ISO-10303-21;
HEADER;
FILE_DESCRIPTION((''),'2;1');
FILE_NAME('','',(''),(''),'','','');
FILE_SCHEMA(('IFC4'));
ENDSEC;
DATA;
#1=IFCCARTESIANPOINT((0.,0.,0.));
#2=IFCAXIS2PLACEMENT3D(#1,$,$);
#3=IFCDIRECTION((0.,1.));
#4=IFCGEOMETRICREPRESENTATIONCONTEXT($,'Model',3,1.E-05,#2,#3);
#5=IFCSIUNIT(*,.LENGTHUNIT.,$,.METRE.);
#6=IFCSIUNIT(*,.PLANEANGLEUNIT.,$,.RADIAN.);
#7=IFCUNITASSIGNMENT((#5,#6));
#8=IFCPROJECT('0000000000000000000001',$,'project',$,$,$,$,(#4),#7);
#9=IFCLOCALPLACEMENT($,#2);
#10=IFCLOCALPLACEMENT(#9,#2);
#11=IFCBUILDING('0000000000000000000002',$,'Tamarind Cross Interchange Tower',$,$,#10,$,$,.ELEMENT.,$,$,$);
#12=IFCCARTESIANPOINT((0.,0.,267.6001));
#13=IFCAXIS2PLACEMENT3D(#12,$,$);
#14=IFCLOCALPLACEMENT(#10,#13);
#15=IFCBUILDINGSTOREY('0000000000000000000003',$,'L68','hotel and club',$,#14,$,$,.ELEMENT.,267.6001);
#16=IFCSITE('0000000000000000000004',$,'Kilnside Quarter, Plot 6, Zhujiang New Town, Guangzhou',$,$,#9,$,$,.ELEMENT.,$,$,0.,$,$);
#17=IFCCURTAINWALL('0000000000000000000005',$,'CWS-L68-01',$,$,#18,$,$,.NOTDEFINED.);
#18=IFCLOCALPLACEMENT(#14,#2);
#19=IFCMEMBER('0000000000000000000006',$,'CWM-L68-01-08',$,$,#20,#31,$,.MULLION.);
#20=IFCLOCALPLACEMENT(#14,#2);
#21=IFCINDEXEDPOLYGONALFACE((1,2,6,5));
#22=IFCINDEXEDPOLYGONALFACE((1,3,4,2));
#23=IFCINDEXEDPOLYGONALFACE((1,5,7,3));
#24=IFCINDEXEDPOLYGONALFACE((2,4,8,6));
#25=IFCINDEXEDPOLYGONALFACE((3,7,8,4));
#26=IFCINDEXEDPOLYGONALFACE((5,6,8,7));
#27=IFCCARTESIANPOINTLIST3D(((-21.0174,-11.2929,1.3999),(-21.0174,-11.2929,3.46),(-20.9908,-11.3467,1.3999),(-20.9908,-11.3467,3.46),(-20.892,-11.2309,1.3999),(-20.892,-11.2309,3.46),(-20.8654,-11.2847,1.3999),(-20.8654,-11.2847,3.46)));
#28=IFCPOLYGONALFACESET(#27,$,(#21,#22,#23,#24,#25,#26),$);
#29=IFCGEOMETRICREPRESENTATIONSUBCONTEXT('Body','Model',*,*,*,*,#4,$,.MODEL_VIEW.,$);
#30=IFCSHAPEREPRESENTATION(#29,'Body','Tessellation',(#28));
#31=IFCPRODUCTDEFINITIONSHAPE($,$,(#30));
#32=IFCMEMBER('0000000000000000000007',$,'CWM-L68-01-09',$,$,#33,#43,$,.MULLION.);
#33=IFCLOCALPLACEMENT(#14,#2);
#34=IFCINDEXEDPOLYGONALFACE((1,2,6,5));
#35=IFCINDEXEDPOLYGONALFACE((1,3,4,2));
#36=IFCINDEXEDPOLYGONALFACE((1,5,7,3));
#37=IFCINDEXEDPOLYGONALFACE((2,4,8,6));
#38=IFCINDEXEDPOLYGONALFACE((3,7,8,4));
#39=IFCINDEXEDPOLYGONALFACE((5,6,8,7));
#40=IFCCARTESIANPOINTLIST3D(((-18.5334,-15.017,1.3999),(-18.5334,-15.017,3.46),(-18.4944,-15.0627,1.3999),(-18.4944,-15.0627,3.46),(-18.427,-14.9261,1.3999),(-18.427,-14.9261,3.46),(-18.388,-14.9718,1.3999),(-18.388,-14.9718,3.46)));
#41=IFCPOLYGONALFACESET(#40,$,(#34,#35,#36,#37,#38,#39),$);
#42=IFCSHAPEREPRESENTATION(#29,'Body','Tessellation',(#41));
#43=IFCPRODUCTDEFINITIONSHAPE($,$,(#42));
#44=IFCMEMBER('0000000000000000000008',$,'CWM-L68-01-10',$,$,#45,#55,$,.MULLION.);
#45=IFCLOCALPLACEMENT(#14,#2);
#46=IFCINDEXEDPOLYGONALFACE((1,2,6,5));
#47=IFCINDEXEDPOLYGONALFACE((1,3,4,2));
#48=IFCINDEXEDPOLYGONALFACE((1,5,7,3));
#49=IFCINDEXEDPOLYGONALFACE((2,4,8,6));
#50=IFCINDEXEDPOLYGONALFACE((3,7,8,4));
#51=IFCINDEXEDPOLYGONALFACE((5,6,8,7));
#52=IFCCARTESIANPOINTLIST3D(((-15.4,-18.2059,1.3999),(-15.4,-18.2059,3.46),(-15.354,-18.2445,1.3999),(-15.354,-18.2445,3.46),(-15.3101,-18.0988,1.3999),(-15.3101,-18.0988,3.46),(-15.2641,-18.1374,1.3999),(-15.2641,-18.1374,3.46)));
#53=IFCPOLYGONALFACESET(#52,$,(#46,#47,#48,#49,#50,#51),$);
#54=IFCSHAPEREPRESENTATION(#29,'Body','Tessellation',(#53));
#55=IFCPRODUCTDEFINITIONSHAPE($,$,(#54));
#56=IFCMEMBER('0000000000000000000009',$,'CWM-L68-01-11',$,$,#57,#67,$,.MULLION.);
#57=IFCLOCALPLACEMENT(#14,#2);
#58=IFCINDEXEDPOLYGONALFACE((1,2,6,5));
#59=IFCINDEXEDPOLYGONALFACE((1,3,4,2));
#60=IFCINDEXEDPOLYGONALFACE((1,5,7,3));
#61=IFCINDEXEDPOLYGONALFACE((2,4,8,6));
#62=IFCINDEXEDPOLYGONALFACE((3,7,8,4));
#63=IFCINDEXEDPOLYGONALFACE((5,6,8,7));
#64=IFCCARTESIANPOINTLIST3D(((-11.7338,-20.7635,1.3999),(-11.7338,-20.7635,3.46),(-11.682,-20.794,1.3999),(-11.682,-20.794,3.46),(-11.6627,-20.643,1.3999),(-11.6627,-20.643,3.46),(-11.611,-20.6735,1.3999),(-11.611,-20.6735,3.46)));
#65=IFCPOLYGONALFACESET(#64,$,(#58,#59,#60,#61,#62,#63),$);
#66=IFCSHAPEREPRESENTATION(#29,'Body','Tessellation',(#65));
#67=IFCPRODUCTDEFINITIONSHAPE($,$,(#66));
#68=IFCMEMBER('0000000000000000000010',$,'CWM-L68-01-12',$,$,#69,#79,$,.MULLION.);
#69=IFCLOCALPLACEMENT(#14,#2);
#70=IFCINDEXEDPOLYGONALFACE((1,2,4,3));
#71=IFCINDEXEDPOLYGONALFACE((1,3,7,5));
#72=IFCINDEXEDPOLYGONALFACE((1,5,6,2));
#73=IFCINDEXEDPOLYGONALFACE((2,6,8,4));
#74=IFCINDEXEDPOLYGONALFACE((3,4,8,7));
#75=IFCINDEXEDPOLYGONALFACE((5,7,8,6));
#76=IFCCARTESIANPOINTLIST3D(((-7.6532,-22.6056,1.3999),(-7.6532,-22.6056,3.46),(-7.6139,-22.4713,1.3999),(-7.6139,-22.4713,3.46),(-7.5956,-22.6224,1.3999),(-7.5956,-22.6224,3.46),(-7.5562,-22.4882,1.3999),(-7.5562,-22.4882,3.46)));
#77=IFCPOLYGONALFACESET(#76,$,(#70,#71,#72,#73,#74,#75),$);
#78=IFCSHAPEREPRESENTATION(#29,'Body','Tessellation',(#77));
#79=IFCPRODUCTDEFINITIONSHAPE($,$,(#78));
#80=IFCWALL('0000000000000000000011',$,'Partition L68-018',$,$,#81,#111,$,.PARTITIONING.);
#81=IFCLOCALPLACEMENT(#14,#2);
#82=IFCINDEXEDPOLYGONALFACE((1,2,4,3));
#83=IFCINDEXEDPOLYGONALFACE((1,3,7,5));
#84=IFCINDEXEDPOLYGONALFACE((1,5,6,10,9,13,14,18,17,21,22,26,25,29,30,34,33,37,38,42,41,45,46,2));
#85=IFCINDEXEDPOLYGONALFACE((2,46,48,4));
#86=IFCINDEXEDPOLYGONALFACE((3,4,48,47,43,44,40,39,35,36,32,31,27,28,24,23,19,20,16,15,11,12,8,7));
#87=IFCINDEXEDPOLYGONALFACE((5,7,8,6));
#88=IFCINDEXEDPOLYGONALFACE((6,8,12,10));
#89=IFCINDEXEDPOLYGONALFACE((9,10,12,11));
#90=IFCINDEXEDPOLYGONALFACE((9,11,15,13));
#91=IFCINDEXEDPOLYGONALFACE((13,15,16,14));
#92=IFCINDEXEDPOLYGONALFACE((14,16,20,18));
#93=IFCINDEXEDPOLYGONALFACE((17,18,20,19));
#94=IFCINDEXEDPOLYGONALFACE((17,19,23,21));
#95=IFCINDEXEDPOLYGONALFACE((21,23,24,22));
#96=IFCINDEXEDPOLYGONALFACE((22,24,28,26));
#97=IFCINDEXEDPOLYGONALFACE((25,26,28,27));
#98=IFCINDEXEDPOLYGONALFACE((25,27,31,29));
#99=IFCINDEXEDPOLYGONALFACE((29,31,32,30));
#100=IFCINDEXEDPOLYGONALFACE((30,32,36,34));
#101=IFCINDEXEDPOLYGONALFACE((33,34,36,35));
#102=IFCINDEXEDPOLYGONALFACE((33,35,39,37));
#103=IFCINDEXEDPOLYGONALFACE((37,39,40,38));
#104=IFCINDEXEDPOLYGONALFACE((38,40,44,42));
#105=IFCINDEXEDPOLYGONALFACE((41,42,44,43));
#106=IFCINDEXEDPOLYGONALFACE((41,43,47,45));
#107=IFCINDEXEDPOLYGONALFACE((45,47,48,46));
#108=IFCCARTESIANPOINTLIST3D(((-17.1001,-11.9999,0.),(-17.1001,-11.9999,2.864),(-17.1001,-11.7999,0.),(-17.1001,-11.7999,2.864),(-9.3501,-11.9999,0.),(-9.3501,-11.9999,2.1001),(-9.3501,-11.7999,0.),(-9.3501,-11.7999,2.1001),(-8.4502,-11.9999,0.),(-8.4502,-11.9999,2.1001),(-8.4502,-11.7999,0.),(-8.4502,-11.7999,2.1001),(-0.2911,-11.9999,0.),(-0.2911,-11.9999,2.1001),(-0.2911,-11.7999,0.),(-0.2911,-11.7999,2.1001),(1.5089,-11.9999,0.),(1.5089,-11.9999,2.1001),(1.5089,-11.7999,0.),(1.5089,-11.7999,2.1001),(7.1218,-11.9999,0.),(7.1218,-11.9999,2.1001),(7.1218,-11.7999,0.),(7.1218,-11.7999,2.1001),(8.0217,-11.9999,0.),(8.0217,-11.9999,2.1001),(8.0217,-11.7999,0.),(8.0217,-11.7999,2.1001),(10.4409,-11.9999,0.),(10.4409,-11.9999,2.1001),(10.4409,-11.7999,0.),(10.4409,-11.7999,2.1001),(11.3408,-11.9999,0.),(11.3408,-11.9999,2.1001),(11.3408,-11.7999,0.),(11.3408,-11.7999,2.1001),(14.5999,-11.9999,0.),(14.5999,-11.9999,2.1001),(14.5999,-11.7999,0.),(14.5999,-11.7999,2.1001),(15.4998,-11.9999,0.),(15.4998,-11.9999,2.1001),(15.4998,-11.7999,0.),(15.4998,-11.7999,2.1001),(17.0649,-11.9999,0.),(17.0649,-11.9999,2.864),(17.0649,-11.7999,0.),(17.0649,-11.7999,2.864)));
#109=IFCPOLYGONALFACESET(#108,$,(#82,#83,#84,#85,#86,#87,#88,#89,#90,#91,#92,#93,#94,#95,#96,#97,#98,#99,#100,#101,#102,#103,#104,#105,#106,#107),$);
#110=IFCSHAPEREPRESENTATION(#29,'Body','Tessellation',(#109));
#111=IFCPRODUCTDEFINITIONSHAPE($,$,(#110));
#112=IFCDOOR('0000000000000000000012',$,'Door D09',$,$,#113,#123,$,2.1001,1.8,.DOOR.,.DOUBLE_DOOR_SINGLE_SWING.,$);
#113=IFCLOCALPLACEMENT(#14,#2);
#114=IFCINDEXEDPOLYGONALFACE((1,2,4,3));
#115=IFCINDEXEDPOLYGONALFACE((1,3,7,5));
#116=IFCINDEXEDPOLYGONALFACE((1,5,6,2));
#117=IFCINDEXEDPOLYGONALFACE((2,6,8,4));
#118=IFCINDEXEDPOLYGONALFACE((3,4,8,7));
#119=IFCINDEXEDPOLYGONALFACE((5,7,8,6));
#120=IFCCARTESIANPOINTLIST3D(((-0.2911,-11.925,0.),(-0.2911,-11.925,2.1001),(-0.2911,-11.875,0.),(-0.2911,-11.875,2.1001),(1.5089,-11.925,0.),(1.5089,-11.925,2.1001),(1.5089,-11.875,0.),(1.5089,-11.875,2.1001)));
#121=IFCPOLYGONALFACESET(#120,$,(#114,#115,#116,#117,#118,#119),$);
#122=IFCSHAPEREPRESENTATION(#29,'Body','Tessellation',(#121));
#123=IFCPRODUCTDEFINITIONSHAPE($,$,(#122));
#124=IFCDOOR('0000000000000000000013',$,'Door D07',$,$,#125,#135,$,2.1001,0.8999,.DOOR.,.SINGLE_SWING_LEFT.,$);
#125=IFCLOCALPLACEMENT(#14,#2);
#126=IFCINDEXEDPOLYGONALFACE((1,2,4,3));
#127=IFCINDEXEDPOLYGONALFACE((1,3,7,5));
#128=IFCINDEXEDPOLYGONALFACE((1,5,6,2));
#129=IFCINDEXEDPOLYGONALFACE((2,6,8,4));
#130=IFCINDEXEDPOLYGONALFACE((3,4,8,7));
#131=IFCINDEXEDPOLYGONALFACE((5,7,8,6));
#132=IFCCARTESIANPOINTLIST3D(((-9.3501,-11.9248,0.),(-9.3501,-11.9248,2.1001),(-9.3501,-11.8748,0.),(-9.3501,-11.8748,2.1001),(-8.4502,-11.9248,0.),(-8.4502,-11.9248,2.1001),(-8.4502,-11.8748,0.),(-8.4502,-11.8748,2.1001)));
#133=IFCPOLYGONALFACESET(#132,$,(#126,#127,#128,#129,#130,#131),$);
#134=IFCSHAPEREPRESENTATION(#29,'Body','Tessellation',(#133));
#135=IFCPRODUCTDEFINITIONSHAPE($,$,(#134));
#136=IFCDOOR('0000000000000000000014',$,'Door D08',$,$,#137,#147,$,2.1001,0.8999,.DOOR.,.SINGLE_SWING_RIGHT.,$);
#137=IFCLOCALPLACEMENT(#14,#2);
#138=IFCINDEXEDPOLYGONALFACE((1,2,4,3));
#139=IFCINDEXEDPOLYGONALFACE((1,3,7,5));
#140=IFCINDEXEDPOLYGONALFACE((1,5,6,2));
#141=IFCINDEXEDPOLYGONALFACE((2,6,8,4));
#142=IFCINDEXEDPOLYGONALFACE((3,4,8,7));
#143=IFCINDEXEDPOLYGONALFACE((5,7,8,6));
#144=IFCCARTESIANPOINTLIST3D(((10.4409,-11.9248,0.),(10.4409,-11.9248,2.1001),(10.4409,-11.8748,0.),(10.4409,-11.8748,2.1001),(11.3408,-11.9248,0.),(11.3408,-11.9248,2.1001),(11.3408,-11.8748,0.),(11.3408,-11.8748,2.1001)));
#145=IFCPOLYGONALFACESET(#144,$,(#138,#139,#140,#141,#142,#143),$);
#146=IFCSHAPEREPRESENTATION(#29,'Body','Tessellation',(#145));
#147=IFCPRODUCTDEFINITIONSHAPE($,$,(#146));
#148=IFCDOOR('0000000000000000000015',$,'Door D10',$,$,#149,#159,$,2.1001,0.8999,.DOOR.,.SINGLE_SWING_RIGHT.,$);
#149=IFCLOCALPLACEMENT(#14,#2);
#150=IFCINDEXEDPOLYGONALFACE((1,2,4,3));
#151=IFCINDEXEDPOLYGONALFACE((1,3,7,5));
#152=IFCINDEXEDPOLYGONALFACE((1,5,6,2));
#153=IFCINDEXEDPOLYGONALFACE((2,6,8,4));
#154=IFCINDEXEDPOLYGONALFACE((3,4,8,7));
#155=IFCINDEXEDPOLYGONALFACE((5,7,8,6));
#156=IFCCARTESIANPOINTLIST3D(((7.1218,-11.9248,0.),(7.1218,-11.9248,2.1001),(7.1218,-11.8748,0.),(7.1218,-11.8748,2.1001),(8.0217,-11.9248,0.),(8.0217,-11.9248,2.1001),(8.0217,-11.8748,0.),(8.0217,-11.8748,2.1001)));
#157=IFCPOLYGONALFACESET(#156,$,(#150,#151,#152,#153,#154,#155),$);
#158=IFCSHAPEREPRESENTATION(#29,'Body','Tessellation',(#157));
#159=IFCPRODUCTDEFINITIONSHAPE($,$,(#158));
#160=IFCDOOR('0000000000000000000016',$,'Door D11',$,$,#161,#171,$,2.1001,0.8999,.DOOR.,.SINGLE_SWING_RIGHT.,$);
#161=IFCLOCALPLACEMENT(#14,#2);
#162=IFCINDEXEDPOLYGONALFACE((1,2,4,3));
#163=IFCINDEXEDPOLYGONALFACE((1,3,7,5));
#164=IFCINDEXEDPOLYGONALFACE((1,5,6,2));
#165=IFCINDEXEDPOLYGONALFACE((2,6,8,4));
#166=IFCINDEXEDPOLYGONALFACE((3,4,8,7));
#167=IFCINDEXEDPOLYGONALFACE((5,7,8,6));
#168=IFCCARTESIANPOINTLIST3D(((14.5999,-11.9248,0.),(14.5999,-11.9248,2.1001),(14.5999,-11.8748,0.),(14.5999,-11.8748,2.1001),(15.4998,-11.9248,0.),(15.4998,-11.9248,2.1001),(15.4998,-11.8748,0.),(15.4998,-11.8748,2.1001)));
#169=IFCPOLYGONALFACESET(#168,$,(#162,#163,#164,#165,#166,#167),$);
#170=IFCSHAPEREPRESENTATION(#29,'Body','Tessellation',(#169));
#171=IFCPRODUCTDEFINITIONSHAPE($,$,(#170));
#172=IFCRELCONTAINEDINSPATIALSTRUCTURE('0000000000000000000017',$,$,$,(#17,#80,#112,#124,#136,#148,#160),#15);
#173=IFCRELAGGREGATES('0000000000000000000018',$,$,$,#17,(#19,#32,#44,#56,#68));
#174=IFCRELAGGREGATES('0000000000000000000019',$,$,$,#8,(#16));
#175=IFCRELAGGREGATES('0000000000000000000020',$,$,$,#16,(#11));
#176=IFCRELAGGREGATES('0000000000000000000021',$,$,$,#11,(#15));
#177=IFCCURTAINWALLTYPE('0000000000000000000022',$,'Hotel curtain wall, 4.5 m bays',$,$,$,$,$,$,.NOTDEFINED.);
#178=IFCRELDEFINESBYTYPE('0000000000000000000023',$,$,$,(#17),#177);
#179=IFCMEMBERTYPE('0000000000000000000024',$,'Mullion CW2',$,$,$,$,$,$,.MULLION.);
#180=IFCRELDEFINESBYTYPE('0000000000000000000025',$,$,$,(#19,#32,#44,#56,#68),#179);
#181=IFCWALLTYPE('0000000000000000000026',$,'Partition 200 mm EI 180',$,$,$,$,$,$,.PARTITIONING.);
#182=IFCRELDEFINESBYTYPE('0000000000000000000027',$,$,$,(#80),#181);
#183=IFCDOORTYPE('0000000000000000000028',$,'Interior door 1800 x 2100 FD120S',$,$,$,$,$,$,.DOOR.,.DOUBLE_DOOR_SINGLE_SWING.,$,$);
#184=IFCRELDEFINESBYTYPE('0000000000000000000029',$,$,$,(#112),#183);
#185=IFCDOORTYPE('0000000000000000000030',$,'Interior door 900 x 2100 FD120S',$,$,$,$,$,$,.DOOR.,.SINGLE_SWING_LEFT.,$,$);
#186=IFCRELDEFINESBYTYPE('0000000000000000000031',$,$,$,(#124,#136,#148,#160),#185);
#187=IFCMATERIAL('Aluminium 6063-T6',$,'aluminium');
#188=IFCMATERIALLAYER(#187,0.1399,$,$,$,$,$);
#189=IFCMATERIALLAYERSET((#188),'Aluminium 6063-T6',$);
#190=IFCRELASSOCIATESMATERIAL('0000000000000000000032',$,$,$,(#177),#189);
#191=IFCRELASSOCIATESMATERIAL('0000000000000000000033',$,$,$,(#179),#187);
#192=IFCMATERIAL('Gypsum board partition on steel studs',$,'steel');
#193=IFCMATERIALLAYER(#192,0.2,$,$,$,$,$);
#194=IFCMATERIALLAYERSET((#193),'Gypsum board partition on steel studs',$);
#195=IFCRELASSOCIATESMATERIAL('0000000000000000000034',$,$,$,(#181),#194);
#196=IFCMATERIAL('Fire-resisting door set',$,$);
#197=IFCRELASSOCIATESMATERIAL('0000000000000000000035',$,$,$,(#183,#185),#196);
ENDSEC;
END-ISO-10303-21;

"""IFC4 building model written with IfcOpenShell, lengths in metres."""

from ifc_helpers import new_model, si_unit, direction, frame, frame_2d, origin, origin_2d, place, context, subcontext, project, spatial, rectangle, extrude, material, layer, layer_set, material_profile, profile_set, type_object, element, fill, aggregate, save


model = new_model("IFC4")

# Units and contexts
model_context = context("Model", 3, precision=1e-05, world=origin(), true_north=direction((0.0, 1.0)))
body_context = subcontext(model_context, "Body", "Model", "MODEL_VIEW")
ifc_project = project(units=[si_unit("LENGTHUNIT", "METRE"), si_unit("PLANEANGLEUNIT", "RADIAN")], contexts=[model_context])

# Site, building, storey
site_placement = place(None, origin())
site = spatial("IfcSite", under=ifc_project, at=site_placement, Name="Kilnside Quarter, Plot 6, Zhujiang New Town, Guangzhou", CompositionType="ELEMENT", RefElevation=0.0)
building_placement = place(site_placement, origin())
building = spatial("IfcBuilding", under=site, at=building_placement, Name="Tamarind Cross Interchange Tower", CompositionType="ELEMENT")
storey_placement = place(building_placement, frame((0.0, 0.0, 267.6001)))
storey = spatial("IfcBuildingStorey", under=building, at=storey_placement, Name="L68", Description="hotel and club", CompositionType="ELEMENT", Elevation=267.6001)

# Curtain wall, members
ifc_material_1 = material(Name="Aluminium 6063-T6", Category="aluminium")
ifc_layer_1 = layer(ifc_material_1, 0.1399)
ifc_layer_set_1 = layer_set([ifc_layer_1], Name="Aluminium 6063-T6")
curtain_wall_type = type_object("IfcCurtainWallType", Name="Hotel curtain wall, 4.5 m bays", PredefinedType="NOTDEFINED", material=ifc_layer_set_1)
curtain_wall_placement = place(storey_placement, origin())
curtain_wall = element("IfcCurtainWall", 1, at=curtain_wall_placement, inside=storey, type_object=curtain_wall_type, Name="CWS-L68-01", PredefinedType="NOTDEFINED")
ifc_material_profile_1 = material_profile(ifc_material_1, rectangle(XDim=0.0601, YDim=0.1399, at=origin_2d()), Name="Mullion CW2")
ifc_profile_set_1 = profile_set([ifc_material_profile_1], Name="Aluminium 6063-T6")
member_type = type_object("IfcMemberType", Name="Mullion CW2", PredefinedType="MULLION", material=ifc_profile_set_1)
member_1_placement = place(storey_placement, frame((-20.9414, -11.2888, 1.3999), z_axis=(0.0, 0.0, 1.0), x_axis=(0.443059, -0.896493, 0.0)))
member_1 = element("IfcMember", 2, at=member_1_placement, type_object=member_type, Name="CWM-L68-01-08", PredefinedType="MULLION", context=body_context, shape_type="SweptSolid", body=[
    extrude(rectangle(XDim=0.0601, YDim=0.1399, at=origin_2d()), origin(), (0.0, 0.0, 1.0), 2.0601),
])
member_2_placement = place(storey_placement, frame((-18.4607, -14.9944, 1.3999), z_axis=(0.0, 0.0, 1.0), x_axis=(0.649577, -0.760296, 0.0)))
member_2 = element("IfcMember", 3, at=member_2_placement, type_object=member_type, Name="CWM-L68-01-09", PredefinedType="MULLION", context=body_context, shape_type="SweptSolid", body=[
    extrude(rectangle(XDim=0.0601, YDim=0.1399, at=origin_2d()), origin(), (0.0, 0.0, 1.0), 2.0601),
])
member_3_placement = place(storey_placement, frame((-15.332, -18.1716, 1.3999), z_axis=(0.0, 0.0, 1.0), x_axis=(0.765858, -0.643009, 0.0)))
member_3 = element("IfcMember", 4, at=member_3_placement, type_object=member_type, Name="CWM-L68-01-10", PredefinedType="MULLION", context=body_context, shape_type="SweptSolid", body=[
    extrude(rectangle(XDim=0.0601, YDim=0.1399, at=origin_2d()), origin(), (0.0, 0.0, 1.0), 2.0601),
])
member_4_placement = place(storey_placement, frame((-11.6724, -20.7185, 1.3999), z_axis=(0.0, 0.0, 1.0), x_axis=(0.861249, -0.508183, 0.0)))
member_4 = element("IfcMember", 5, at=member_4_placement, type_object=member_type, Name="CWM-L68-01-11", PredefinedType="MULLION", context=body_context, shape_type="SweptSolid", body=[
    extrude(rectangle(XDim=0.0601, YDim=0.1399, at=origin_2d()), origin(), (0.0, 0.0, 1.0), 2.0601),
])
member_5_placement = place(storey_placement, frame((-7.6047, -22.5469, 1.3999), z_axis=(0.0, 0.0, 1.0), x_axis=(0.959647, -0.281209, 0.0)))
member_5 = element("IfcMember", 6, at=member_5_placement, type_object=member_type, Name="CWM-L68-01-12", PredefinedType="MULLION", context=body_context, shape_type="SweptSolid", body=[
    extrude(rectangle(XDim=0.0601, YDim=0.1399, at=origin_2d()), origin(), (0.0, 0.0, 1.0), 2.0601),
])
aggregate(curtain_wall, [member_1, member_2, member_3, member_4, member_5])

# Wall, openings, doors
ifc_material_2 = material(Name="Gypsum board partition on steel studs", Category="steel")
ifc_layer_2 = layer(ifc_material_2, 0.2)
ifc_layer_set_2 = layer_set([ifc_layer_2], Name="Gypsum board partition on steel studs")
wall_type = type_object("IfcWallType", Name="Partition 200 mm EI 180", PredefinedType="PARTITIONING", material=ifc_layer_set_2)
wall_1_placement = place(storey_placement, frame((-17.1001, -11.8999, 0.0), z_axis=(0.0, 0.0, 1.0), x_axis=(1.0, 0.0, 0.0)))
wall_1 = element("IfcWall", 7, at=wall_1_placement, inside=storey, type_object=wall_type, Name="Partition L68-018", PredefinedType="PARTITIONING", context=body_context, shape_type="SweptSolid", body=[
    extrude(rectangle(XDim=34.165, YDim=0.2, at=frame_2d((17.0825, 0.0))), origin(), (0.0, 0.0, 1.0), 2.864),
])
opening_1_placement = place(wall_1_placement, frame((7.75, 0.0, 0.0)))
opening_1 = element("IfcOpeningElement", 8, at=opening_1_placement, cuts=wall_1, PredefinedType="OPENING", context=body_context, shape_type="SweptSolid", body=[
    extrude(rectangle(XDim=0.8999, YDim=2.1001, at=frame_2d((0.45, 1.05))), frame((0.0, 0.1099, 0.0), z_axis=(0.0, -1.0, 0.0), x_axis=(1.0, 0.0, 0.0)), (0.0, 0.0, 1.0), 0.22),
])
opening_2_placement = place(wall_1_placement, frame((27.541, 0.0, 0.0)))
opening_2 = element("IfcOpeningElement", 9, at=opening_2_placement, cuts=wall_1, PredefinedType="OPENING", context=body_context, shape_type="SweptSolid", body=[
    extrude(rectangle(XDim=0.8999, YDim=2.1001, at=frame_2d((0.45, 1.05))), frame((0.0, 0.1099, 0.0), z_axis=(0.0, -1.0, 0.0), x_axis=(1.0, 0.0, 0.0)), (0.0, 0.0, 1.0), 0.22),
])
opening_3_placement = place(wall_1_placement, frame((16.8091, 0.0, 0.0)))
opening_3 = element("IfcOpeningElement", 10, at=opening_3_placement, cuts=wall_1, PredefinedType="OPENING", context=body_context, shape_type="SweptSolid", body=[
    extrude(rectangle(XDim=1.8, YDim=2.1001, at=frame_2d((0.8999, 1.05))), frame((0.0, 0.1099, 0.0), z_axis=(0.0, -1.0, 0.0), x_axis=(1.0, 0.0, 0.0)), (0.0, 0.0, 1.0), 0.22),
])
opening_4_placement = place(wall_1_placement, frame((24.2219, 0.0, 0.0)))
opening_4 = element("IfcOpeningElement", 11, at=opening_4_placement, cuts=wall_1, PredefinedType="OPENING", context=body_context, shape_type="SweptSolid", body=[
    extrude(rectangle(XDim=0.8999, YDim=2.1001, at=frame_2d((0.45, 1.05))), frame((0.0, 0.1099, 0.0), z_axis=(0.0, -1.0, 0.0), x_axis=(1.0, 0.0, 0.0)), (0.0, 0.0, 1.0), 0.22),
])
opening_5_placement = place(wall_1_placement, frame((31.7, 0.0, 0.0)))
opening_5 = element("IfcOpeningElement", 12, at=opening_5_placement, cuts=wall_1, PredefinedType="OPENING", context=body_context, shape_type="SweptSolid", body=[
    extrude(rectangle(XDim=0.8999, YDim=2.1001, at=frame_2d((0.45, 1.05))), frame((0.0, 0.1099, 0.0), z_axis=(0.0, -1.0, 0.0), x_axis=(1.0, 0.0, 0.0)), (0.0, 0.0, 1.0), 0.22),
])
ifc_material_3 = material(Name="Fire-resisting door set")
door_type_1 = type_object("IfcDoorType", Name="Interior door 1800 x 2100 FD120S", OperationType="DOUBLE_DOOR_SINGLE_SWING", PredefinedType="DOOR", material=ifc_material_3)
door_1_placement = place(opening_3_placement, origin())
door_1 = element("IfcDoor", 13, at=door_1_placement, inside=storey, type_object=door_type_1, Name="Door D09", OperationType="DOUBLE_DOOR_SINGLE_SWING", OverallHeight=2.1001, OverallWidth=1.8, PredefinedType="DOOR", context=body_context, shape_type="SweptSolid", body=[
    extrude(rectangle(XDim=1.8, YDim=2.1001, at=frame_2d((0.8999, 1.05))), frame((0.0, 0.0249, 0.0), z_axis=(0.0, -1.0, 0.0), x_axis=(1.0, 0.0, 0.0)), (0.0, 0.0, 1.0), 0.05),
])
fill(opening_3, door_1)
door_type_2 = type_object("IfcDoorType", Name="Interior door 900 x 2100 FD120S", OperationType="SINGLE_SWING_LEFT", PredefinedType="DOOR", material=ifc_material_3)
door_2_placement = place(opening_1_placement, frame((0.8999, 0.0, 0.0), z_axis=(0.0, 0.0, 1.0), x_axis=(-1.0, 0.0, 0.0)))
door_2 = element("IfcDoor", 14, at=door_2_placement, inside=storey, type_object=door_type_2, Name="Door D07", OperationType="SINGLE_SWING_LEFT", OverallHeight=2.1001, OverallWidth=0.8999, PredefinedType="DOOR", context=body_context, shape_type="SweptSolid", body=[
    extrude(rectangle(XDim=0.8999, YDim=2.1001, at=frame_2d((0.45, 1.05))), frame((0.0, 0.0249, 0.0), z_axis=(0.0, -1.0, 0.0), x_axis=(1.0, 0.0, 0.0)), (0.0, 0.0, 1.0), 0.05),
])
fill(opening_1, door_2)
door_3_placement = place(opening_2_placement, frame((0.8999, 0.0, 0.0), z_axis=(0.0, 0.0, 1.0), x_axis=(-1.0, 0.0, 0.0)))
door_3 = element("IfcDoor", 15, at=door_3_placement, inside=storey, type_object=door_type_2, Name="Door D08", OperationType="SINGLE_SWING_RIGHT", OverallHeight=2.1001, OverallWidth=0.8999, PredefinedType="DOOR", context=body_context, shape_type="SweptSolid", body=[
    extrude(rectangle(XDim=0.8999, YDim=2.1001, at=frame_2d((0.45, 1.05))), frame((0.0, 0.0249, 0.0), z_axis=(0.0, -1.0, 0.0), x_axis=(1.0, 0.0, 0.0)), (0.0, 0.0, 1.0), 0.05),
])
fill(opening_2, door_3)
door_4_placement = place(opening_4_placement, frame((0.8999, 0.0, 0.0), z_axis=(0.0, 0.0, 1.0), x_axis=(-1.0, 0.0, 0.0)))
door_4 = element("IfcDoor", 16, at=door_4_placement, inside=storey, type_object=door_type_2, Name="Door D10", OperationType="SINGLE_SWING_RIGHT", OverallHeight=2.1001, OverallWidth=0.8999, PredefinedType="DOOR", context=body_context, shape_type="SweptSolid", body=[
    extrude(rectangle(XDim=0.8999, YDim=2.1001, at=frame_2d((0.45, 1.05))), frame((0.0, 0.0249, 0.0), z_axis=(0.0, -1.0, 0.0), x_axis=(1.0, 0.0, 0.0)), (0.0, 0.0, 1.0), 0.05),
])
fill(opening_4, door_4)
door_5_placement = place(opening_5_placement, frame((0.8999, 0.0, 0.0), z_axis=(0.0, 0.0, 1.0), x_axis=(-1.0, 0.0, 0.0)))
door_5 = element("IfcDoor", 17, at=door_5_placement, inside=storey, type_object=door_type_2, Name="Door D11", OperationType="SINGLE_SWING_RIGHT", OverallHeight=2.1001, OverallWidth=0.8999, PredefinedType="DOOR", context=body_context, shape_type="SweptSolid", body=[
    extrude(rectangle(XDim=0.8999, YDim=2.1001, at=frame_2d((0.45, 1.05))), frame((0.0, 0.0249, 0.0), z_axis=(0.0, -1.0, 0.0), x_axis=(1.0, 0.0, 0.0)), (0.0, 0.0, 1.0), 0.05),
])
fill(opening_5, door_5)

save(model, "model.ifc")
